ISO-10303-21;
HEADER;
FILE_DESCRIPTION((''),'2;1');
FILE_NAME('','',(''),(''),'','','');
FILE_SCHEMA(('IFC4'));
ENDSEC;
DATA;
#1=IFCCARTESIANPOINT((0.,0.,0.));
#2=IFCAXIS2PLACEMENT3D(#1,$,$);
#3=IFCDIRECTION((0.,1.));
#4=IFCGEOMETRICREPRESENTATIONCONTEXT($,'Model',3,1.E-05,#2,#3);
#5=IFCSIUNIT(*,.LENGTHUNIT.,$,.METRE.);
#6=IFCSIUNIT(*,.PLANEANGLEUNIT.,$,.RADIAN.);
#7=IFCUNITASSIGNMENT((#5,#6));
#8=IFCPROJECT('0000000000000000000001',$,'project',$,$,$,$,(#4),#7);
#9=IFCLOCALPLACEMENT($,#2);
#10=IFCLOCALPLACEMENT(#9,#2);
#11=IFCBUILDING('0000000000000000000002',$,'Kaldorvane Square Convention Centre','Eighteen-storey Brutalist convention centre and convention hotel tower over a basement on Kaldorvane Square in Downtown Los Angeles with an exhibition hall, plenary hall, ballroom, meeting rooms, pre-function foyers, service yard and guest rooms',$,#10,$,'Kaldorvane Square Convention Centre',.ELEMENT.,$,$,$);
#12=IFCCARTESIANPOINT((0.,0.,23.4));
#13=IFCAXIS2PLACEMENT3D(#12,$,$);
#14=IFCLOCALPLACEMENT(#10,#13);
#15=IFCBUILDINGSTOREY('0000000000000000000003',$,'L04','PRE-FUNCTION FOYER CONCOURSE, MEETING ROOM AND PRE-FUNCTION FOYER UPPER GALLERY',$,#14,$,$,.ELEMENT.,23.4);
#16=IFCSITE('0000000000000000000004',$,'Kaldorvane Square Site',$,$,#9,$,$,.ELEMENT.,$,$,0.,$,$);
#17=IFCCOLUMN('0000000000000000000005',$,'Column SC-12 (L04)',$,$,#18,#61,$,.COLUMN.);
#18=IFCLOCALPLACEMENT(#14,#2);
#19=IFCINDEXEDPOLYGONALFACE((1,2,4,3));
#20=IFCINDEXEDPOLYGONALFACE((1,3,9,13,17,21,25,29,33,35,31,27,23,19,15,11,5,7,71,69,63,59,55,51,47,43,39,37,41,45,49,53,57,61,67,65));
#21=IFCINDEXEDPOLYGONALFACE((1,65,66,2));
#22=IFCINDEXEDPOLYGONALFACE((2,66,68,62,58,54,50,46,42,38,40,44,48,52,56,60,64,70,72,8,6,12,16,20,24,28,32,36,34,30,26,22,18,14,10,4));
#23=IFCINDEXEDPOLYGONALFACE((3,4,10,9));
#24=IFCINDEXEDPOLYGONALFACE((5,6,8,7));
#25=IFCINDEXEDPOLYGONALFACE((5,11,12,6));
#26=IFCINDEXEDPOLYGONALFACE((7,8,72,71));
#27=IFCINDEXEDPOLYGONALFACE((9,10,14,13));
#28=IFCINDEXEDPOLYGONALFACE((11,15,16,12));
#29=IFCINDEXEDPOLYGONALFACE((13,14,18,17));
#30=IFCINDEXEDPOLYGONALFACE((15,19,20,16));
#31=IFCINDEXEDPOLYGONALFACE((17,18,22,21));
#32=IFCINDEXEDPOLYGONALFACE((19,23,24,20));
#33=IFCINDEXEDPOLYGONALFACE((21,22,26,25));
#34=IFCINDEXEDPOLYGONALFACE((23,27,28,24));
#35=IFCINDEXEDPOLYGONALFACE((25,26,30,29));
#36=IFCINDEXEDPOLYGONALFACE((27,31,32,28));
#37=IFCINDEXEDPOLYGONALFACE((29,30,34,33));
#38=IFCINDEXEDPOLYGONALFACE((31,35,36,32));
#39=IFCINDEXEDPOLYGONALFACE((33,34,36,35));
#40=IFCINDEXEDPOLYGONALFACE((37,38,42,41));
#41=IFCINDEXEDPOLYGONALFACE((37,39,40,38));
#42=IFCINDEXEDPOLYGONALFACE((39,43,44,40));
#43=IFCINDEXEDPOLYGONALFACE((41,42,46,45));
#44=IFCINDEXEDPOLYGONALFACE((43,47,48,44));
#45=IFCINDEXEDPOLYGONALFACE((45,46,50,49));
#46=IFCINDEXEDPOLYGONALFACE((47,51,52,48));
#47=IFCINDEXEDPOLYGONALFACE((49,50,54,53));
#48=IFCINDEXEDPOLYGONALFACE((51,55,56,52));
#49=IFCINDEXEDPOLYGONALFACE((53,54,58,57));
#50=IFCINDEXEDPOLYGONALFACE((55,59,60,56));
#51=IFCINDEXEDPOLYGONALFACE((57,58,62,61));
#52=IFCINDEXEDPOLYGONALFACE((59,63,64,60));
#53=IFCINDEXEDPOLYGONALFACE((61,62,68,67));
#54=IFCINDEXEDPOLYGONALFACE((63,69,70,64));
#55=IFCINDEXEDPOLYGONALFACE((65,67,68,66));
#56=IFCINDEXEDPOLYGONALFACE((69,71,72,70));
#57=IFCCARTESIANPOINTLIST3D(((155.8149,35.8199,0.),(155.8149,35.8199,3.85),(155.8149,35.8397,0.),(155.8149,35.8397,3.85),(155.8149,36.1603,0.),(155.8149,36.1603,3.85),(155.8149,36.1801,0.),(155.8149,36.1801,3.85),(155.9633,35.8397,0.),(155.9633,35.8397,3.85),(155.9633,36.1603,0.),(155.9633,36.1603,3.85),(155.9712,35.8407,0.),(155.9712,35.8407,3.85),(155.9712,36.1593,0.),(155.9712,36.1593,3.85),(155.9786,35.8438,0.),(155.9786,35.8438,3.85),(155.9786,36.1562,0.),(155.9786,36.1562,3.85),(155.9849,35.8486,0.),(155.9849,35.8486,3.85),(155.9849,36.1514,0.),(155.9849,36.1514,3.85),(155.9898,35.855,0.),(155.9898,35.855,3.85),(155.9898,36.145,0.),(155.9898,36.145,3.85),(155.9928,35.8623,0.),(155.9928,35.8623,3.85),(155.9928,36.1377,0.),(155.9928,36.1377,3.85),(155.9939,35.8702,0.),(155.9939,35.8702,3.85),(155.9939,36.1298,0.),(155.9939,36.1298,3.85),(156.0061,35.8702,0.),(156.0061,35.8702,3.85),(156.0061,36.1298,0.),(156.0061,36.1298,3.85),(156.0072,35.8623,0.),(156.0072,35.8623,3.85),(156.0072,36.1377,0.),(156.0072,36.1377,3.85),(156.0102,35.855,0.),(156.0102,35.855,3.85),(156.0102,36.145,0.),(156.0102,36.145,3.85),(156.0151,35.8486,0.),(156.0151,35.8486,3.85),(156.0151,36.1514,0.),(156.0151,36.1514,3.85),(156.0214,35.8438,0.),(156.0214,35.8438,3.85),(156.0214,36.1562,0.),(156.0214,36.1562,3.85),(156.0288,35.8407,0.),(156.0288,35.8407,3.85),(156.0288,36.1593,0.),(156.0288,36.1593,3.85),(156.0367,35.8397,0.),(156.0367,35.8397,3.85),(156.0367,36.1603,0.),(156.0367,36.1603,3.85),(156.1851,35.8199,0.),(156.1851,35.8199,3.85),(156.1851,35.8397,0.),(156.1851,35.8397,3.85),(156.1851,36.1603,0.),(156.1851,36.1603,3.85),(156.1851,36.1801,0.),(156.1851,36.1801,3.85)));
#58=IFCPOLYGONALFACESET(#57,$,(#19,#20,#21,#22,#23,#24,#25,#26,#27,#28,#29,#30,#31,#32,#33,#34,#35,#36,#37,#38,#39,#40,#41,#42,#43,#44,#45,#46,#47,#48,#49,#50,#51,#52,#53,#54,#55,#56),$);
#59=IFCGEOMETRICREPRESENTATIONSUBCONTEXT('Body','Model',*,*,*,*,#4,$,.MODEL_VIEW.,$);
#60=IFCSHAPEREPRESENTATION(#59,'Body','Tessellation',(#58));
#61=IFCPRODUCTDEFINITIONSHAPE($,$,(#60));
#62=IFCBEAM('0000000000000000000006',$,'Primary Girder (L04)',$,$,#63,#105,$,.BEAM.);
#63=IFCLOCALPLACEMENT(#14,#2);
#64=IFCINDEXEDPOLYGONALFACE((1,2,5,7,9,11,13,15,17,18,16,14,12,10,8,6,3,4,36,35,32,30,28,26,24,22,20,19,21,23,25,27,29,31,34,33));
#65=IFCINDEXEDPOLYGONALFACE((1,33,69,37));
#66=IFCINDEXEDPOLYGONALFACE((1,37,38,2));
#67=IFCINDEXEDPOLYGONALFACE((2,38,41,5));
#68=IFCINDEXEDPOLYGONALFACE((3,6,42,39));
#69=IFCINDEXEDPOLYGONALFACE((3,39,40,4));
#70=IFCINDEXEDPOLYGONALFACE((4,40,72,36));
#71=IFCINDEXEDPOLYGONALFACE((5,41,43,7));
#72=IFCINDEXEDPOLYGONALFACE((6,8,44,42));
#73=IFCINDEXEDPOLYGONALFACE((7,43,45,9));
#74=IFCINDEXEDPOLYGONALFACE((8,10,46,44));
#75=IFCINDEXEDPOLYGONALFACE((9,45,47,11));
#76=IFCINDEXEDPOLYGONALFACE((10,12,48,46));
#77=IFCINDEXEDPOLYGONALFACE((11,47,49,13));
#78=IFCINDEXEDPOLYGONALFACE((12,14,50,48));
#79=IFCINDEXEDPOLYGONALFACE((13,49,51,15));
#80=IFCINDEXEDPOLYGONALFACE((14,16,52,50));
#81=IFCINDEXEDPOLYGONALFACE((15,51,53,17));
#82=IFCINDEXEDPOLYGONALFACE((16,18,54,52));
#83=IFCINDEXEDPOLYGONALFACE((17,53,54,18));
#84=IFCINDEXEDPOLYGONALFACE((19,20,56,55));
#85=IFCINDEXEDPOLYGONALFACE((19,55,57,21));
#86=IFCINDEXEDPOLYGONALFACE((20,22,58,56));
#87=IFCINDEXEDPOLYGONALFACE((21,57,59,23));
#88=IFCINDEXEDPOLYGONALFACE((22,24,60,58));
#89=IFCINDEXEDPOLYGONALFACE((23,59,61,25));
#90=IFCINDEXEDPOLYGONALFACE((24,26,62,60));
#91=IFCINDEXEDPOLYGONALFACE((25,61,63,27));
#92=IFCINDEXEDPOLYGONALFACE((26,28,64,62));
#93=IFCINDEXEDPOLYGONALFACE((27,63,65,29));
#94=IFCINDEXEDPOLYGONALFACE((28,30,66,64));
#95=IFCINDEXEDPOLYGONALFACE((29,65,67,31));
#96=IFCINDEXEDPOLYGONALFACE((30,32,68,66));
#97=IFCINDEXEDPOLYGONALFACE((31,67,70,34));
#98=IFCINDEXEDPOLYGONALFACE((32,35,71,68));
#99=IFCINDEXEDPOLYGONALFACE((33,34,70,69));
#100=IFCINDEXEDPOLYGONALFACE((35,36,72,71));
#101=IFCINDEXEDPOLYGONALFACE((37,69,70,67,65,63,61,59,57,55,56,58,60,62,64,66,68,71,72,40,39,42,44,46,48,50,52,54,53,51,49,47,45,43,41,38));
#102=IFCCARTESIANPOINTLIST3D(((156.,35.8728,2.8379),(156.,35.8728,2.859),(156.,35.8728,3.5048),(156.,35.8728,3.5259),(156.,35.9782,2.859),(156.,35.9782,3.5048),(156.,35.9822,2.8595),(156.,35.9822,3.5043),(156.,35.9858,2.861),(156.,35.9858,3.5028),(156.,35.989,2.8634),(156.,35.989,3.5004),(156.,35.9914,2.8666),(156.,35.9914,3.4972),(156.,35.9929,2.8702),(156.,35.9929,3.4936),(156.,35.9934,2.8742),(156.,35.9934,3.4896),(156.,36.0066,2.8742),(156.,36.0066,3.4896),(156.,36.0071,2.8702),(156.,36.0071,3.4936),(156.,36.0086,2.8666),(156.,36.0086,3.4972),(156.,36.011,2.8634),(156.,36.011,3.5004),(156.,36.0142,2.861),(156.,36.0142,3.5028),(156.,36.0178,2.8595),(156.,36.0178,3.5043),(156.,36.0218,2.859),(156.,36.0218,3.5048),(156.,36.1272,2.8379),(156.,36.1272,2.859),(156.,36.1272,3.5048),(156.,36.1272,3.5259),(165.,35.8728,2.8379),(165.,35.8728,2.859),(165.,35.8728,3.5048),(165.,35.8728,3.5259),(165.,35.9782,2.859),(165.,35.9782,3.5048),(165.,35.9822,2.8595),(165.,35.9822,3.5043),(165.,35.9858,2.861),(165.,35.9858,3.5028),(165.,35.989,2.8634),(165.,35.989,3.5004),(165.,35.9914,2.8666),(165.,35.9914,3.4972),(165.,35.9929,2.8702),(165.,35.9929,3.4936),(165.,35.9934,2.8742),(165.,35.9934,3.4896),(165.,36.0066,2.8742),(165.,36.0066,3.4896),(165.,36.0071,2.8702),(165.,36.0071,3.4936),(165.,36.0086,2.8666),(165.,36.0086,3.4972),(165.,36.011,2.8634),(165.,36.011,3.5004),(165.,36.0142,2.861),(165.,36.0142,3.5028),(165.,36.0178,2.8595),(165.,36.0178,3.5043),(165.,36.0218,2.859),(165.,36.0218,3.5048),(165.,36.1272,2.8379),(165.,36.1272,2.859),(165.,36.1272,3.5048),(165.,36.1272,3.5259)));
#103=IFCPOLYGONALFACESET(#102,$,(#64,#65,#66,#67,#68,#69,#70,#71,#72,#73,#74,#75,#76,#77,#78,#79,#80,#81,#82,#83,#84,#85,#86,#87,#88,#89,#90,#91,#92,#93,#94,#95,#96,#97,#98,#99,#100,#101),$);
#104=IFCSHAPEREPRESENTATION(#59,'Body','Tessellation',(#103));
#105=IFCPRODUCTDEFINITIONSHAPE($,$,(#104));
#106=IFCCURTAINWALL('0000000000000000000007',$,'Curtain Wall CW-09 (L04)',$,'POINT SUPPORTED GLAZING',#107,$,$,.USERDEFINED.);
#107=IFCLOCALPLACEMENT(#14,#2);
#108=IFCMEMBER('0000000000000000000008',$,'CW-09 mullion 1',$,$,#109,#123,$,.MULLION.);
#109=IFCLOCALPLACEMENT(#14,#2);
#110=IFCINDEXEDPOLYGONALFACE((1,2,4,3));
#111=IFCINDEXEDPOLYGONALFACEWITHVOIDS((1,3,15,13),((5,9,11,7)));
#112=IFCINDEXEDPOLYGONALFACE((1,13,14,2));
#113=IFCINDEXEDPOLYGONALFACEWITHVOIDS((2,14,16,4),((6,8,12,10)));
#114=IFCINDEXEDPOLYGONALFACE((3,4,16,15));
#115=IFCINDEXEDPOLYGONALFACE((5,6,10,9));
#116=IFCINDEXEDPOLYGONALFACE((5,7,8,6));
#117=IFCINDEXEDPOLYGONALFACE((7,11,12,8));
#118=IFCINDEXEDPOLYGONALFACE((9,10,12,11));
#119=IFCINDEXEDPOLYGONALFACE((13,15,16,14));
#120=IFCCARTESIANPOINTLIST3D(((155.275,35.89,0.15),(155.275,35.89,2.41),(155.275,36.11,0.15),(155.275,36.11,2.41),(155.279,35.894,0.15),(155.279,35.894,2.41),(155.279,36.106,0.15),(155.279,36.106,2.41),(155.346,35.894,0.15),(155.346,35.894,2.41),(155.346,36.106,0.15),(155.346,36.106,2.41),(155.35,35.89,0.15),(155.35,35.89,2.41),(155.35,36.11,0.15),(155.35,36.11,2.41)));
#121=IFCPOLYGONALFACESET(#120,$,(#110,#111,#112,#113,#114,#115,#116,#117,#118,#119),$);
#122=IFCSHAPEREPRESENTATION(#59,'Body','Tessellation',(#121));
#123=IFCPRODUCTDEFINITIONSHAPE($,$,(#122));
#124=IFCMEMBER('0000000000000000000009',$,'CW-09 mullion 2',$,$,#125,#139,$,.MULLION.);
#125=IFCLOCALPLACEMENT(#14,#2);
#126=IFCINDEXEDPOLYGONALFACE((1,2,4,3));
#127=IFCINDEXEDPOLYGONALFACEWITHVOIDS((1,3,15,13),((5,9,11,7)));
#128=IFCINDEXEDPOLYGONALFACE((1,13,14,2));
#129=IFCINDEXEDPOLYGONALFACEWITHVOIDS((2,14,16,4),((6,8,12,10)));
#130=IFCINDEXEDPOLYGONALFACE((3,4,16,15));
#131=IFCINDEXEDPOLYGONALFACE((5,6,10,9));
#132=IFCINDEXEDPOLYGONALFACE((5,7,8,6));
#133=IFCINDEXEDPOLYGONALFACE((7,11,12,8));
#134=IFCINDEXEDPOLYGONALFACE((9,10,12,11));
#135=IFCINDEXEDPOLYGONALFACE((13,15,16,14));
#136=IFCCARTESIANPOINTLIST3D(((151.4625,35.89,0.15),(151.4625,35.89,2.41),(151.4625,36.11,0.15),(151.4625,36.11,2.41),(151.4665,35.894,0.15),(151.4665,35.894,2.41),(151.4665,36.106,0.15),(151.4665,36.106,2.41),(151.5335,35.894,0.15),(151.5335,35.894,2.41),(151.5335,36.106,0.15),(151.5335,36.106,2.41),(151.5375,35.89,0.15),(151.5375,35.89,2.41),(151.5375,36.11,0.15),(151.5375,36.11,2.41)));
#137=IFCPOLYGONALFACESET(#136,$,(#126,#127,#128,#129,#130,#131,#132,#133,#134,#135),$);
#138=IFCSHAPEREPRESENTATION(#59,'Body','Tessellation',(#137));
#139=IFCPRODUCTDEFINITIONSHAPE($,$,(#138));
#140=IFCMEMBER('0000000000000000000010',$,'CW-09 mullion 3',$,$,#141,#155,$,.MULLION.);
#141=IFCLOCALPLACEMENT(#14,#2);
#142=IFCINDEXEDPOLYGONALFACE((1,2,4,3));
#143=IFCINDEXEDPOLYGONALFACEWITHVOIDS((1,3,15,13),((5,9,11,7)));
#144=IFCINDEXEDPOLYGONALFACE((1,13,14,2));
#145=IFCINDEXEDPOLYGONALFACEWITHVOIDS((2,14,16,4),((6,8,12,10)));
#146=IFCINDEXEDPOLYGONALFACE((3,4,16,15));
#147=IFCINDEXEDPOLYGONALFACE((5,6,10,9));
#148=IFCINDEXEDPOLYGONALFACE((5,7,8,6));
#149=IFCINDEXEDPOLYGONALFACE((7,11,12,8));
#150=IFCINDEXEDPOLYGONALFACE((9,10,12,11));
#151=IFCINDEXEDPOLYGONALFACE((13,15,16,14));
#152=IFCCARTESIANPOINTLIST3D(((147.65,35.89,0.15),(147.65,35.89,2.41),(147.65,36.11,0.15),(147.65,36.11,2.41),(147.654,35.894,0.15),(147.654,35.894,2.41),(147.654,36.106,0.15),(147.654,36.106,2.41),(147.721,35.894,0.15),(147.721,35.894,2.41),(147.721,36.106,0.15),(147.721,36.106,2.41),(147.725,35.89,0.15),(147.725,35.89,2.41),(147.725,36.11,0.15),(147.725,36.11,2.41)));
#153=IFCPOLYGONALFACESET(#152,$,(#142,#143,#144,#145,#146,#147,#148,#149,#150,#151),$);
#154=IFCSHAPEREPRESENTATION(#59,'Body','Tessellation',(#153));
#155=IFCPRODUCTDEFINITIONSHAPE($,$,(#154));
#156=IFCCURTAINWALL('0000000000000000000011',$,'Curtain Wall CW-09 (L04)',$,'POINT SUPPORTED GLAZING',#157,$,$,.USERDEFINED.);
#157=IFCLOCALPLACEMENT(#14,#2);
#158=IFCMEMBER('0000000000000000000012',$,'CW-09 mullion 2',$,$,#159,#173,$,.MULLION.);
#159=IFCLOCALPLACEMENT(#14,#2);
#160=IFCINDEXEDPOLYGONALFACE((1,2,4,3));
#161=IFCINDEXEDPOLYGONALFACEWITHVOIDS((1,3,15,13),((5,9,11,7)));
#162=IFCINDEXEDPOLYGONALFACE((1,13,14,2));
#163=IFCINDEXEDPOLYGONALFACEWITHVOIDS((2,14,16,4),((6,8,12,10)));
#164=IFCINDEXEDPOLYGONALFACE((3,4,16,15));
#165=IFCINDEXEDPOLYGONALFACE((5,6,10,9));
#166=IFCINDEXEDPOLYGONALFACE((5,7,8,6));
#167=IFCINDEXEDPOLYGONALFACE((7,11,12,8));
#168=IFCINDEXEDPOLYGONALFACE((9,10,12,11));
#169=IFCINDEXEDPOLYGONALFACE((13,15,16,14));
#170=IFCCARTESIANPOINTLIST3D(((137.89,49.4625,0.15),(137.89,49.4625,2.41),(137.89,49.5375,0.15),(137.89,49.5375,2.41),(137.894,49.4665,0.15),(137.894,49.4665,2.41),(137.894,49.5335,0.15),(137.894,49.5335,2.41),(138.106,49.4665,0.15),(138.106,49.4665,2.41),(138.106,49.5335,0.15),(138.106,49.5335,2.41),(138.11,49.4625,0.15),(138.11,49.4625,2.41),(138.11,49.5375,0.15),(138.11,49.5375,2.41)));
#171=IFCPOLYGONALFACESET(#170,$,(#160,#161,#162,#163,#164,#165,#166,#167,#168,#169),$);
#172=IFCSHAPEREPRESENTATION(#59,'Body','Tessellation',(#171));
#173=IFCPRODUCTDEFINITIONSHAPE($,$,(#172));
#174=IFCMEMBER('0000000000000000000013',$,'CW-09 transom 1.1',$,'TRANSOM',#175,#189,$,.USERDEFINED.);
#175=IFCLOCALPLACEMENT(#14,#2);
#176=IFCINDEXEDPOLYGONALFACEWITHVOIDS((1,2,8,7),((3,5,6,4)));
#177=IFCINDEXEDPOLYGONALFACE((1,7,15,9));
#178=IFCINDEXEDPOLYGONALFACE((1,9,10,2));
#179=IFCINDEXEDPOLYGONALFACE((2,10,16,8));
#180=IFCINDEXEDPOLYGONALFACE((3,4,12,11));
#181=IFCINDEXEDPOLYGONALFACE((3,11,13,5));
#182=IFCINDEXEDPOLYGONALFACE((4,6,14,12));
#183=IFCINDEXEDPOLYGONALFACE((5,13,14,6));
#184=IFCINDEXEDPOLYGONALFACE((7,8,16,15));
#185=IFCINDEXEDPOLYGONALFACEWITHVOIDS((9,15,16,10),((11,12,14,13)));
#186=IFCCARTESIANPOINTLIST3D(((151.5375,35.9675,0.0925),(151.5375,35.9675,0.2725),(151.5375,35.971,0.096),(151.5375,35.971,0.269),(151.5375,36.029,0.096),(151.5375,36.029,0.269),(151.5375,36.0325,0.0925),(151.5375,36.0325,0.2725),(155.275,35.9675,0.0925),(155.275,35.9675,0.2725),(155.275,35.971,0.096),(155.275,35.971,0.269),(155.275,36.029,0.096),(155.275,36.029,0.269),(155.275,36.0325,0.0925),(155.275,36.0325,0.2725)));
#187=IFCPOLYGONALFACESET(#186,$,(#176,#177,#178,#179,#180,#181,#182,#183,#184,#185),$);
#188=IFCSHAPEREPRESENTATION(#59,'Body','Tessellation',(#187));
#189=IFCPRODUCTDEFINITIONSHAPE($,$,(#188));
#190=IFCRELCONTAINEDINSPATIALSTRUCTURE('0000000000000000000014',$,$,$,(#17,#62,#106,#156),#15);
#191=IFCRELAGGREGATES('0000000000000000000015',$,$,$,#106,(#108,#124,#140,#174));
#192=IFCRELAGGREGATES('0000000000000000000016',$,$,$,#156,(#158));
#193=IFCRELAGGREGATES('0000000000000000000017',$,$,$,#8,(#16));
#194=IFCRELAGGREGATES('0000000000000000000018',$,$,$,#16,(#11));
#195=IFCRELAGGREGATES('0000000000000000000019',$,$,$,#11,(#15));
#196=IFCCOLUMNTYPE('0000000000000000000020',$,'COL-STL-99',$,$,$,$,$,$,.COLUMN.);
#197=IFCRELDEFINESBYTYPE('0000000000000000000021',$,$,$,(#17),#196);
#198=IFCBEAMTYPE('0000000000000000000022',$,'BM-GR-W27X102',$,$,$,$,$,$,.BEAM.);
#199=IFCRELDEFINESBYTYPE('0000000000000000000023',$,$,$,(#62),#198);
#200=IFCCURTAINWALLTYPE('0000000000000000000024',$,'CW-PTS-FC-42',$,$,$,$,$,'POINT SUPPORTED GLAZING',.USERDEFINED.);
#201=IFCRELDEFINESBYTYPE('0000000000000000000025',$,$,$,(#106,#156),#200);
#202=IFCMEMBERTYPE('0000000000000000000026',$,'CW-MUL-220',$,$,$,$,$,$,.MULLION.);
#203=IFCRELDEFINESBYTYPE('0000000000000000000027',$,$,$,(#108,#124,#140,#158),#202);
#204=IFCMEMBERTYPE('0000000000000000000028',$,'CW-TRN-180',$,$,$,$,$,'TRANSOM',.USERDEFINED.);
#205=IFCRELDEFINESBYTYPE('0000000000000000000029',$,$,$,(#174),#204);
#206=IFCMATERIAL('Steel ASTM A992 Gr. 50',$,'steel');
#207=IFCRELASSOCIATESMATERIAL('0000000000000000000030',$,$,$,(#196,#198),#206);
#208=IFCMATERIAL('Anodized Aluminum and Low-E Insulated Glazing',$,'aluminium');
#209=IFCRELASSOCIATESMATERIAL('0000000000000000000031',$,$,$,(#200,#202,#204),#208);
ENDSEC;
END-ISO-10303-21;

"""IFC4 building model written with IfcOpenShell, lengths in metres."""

from ifc_helpers import new_model, si_unit, direction, frame, origin, origin_2d, place, context, subcontext, project, spatial, hollow_rectangle, i_section, extrude, material, material_profile, profile_set, type_object, element, aggregate, save


model = new_model("IFC4")

# Units and contexts
model_context = context("Model", 3, precision=1e-05, world=origin(), true_north=direction((0.0, 1.0)))
body_context = subcontext(model_context, "Body", "Model", "MODEL_VIEW")
ifc_project = project(units=[si_unit("LENGTHUNIT", "METRE"), si_unit("PLANEANGLEUNIT", "RADIAN")], contexts=[model_context])

# Site, building, storey
site_placement = place(None, origin())
site = spatial("IfcSite", under=ifc_project, at=site_placement, Name="Kaldorvane Square Site", CompositionType="ELEMENT", RefElevation=0.0)
building_placement = place(site_placement, origin())
building = spatial("IfcBuilding", under=site, at=building_placement, Name="Kaldorvane Square Convention Centre", Description="Eighteen-storey Brutalist convention centre and convention hotel tower over a basement on Kaldorvane Square in Downtown Los Angeles with an exhibition hall, plenary hall, ballroom, meeting rooms, pre-function foyers, service yard and guest rooms", LongName="Kaldorvane Square Convention Centre", CompositionType="ELEMENT")
storey_placement = place(building_placement, frame((0.0, 0.0, 23.4)))
storey = spatial("IfcBuildingStorey", under=building, at=storey_placement, Name="L04", Description="PRE-FUNCTION FOYER CONCOURSE, MEETING ROOM AND PRE-FUNCTION FOYER UPPER GALLERY", CompositionType="ELEMENT", Elevation=23.4)

# Column
ifc_material_1 = material(Name="Steel ASTM A992 Gr. 50", Category="steel")
ifc_material_profile_1 = material_profile(ifc_material_1, i_section(OverallWidth=0.3701, OverallDepth=0.3602, WebThickness=0.0123, FlangeThickness=0.0198, FilletRadius=0.0305, at=origin_2d()), Name="W14X99")
ifc_profile_set_1 = profile_set([ifc_material_profile_1], Name="Steel ASTM A992 Gr. 50")
column_type = type_object("IfcColumnType", Name="COL-STL-99", PredefinedType="COLUMN", material=ifc_profile_set_1)
column_placement = place(storey_placement, frame((156.0, 36.0, 0.0), z_axis=(0.0, 0.0, 1.0), x_axis=(1.0, 0.0, 0.0)))
element("IfcColumn", 1, at=column_placement, inside=storey, type_object=column_type, Name="Column SC-12 (L04)", PredefinedType="COLUMN", context=body_context, shape_type="SweptSolid", body=[
    extrude(i_section(OverallWidth=0.3701, OverallDepth=0.3602, WebThickness=0.0123, FlangeThickness=0.0198, FilletRadius=0.0305, at=origin_2d()), origin(), (0.0, 0.0, 1.0), 3.85),
])

# Beam
ifc_material_profile_2 = material_profile(ifc_material_1, i_section(OverallWidth=0.2544, OverallDepth=0.6881, WebThickness=0.0131, FlangeThickness=0.0211, FilletRadius=0.0152, at=origin_2d()), Name="W27X102")
ifc_profile_set_2 = profile_set([ifc_material_profile_2], Name="Steel ASTM A992 Gr. 50")
beam_type = type_object("IfcBeamType", Name="BM-GR-W27X102", PredefinedType="BEAM", material=ifc_profile_set_2)
beam_placement = place(storey_placement, frame((156.0, 36.0, 3.1819), z_axis=(1.0, 0.0, 0.0), x_axis=(0.0, 1.0, 0.0)))
element("IfcBeam", 2, at=beam_placement, inside=storey, type_object=beam_type, Name="Primary Girder (L04)", PredefinedType="BEAM", context=body_context, shape_type="SweptSolid", body=[
    extrude(i_section(OverallWidth=0.2544, OverallDepth=0.6881, WebThickness=0.0131, FlangeThickness=0.0211, FilletRadius=0.0152, at=origin_2d()), origin(), (0.0, 0.0, 1.0), 9.0),
])

# Curtain wall, members
ifc_material_2 = material(Name="Anodized Aluminum and Low-E Insulated Glazing", Category="aluminium")
curtain_wall_type = type_object("IfcCurtainWallType", Name="CW-PTS-FC-42", ElementType="POINT SUPPORTED GLAZING", PredefinedType="USERDEFINED", material=ifc_material_2)
curtain_wall_1_placement = place(storey_placement, origin())
curtain_wall_1 = element("IfcCurtainWall", 3, at=curtain_wall_1_placement, inside=storey, type_object=curtain_wall_type, Name="Curtain Wall CW-09 (L04)", ObjectType="POINT SUPPORTED GLAZING", PredefinedType="USERDEFINED")
ifc_material_profile_3 = material_profile(ifc_material_2, hollow_rectangle(XDim=0.075, YDim=0.22, WallThickness=0.004, at=origin_2d()), Name="CWM-220X75")
ifc_profile_set_3 = profile_set([ifc_material_profile_3], Name="Anodized Aluminum and Low-E Insulated Glazing")
member_type_1 = type_object("IfcMemberType", Name="CW-MUL-220", PredefinedType="MULLION", material=ifc_profile_set_3)
member_1_placement = place(storey_placement, frame((155.3125, 36.0, 0.15), z_axis=(0.0, 0.0, 1.0), x_axis=(-1.0, 0.0, 0.0)))
member_1 = element("IfcMember", 4, at=member_1_placement, type_object=member_type_1, Name="CW-09 mullion 1", PredefinedType="MULLION", context=body_context, shape_type="SweptSolid", body=[
    extrude(hollow_rectangle(XDim=0.075, YDim=0.22, WallThickness=0.004, at=origin_2d()), origin(), (0.0, 0.0, 1.0), 2.26),
])
member_2_placement = place(storey_placement, frame((151.5, 36.0, 0.15), z_axis=(0.0, 0.0, 1.0), x_axis=(-1.0, 0.0, 0.0)))
member_2 = element("IfcMember", 5, at=member_2_placement, type_object=member_type_1, Name="CW-09 mullion 2", PredefinedType="MULLION", context=body_context, shape_type="SweptSolid", body=[
    extrude(hollow_rectangle(XDim=0.075, YDim=0.22, WallThickness=0.004, at=origin_2d()), origin(), (0.0, 0.0, 1.0), 2.26),
])
member_3_placement = place(storey_placement, frame((147.6875, 36.0, 0.15), z_axis=(0.0, 0.0, 1.0), x_axis=(-1.0, 0.0, 0.0)))
member_3 = element("IfcMember", 6, at=member_3_placement, type_object=member_type_1, Name="CW-09 mullion 3", PredefinedType="MULLION", context=body_context, shape_type="SweptSolid", body=[
    extrude(hollow_rectangle(XDim=0.075, YDim=0.22, WallThickness=0.004, at=origin_2d()), origin(), (0.0, 0.0, 1.0), 2.26),
])

# Curtain wall, member
curtain_wall_2_placement = place(storey_placement, origin())
curtain_wall_2 = element("IfcCurtainWall", 7, at=curtain_wall_2_placement, inside=storey, type_object=curtain_wall_type, Name="Curtain Wall CW-09 (L04)", ObjectType="POINT SUPPORTED GLAZING", PredefinedType="USERDEFINED")
member_4_placement = place(storey_placement, frame((138.0, 49.5, 0.15), z_axis=(0.0, 0.0, 1.0), x_axis=(0.0, 1.0, 0.0)))
member_4 = element("IfcMember", 8, at=member_4_placement, type_object=member_type_1, Name="CW-09 mullion 2", PredefinedType="MULLION", context=body_context, shape_type="SweptSolid", body=[
    extrude(hollow_rectangle(XDim=0.075, YDim=0.22, WallThickness=0.004, at=origin_2d()), origin(), (0.0, 0.0, 1.0), 2.26),
])

# Member
ifc_material_profile_4 = material_profile(ifc_material_2, hollow_rectangle(XDim=0.065, YDim=0.18, WallThickness=0.0035, at=origin_2d()), Name="CWT-180X65")
ifc_profile_set_4 = profile_set([ifc_material_profile_4], Name="Anodized Aluminum and Low-E Insulated Glazing")
member_type_2 = type_object("IfcMemberType", Name="CW-TRN-180", ElementType="TRANSOM", PredefinedType="USERDEFINED", material=ifc_profile_set_4)
member_5_placement = place(storey_placement, frame((155.275, 36.0, 0.1825), z_axis=(-1.0, 0.0, 0.0), x_axis=(0.0, -1.0, 0.0)))
member_5 = element("IfcMember", 9, at=member_5_placement, type_object=member_type_2, Name="CW-09 transom 1.1", ObjectType="TRANSOM", PredefinedType="USERDEFINED", context=body_context, shape_type="SweptSolid", body=[
    extrude(hollow_rectangle(XDim=0.065, YDim=0.18, WallThickness=0.0035, at=origin_2d()), origin(), (0.0, 0.0, 1.0), 3.7375),
])

aggregate(curtain_wall_1, [member_1, member_2, member_3, member_5])
aggregate(curtain_wall_2, [member_4])

save(model, "model.ifc")
